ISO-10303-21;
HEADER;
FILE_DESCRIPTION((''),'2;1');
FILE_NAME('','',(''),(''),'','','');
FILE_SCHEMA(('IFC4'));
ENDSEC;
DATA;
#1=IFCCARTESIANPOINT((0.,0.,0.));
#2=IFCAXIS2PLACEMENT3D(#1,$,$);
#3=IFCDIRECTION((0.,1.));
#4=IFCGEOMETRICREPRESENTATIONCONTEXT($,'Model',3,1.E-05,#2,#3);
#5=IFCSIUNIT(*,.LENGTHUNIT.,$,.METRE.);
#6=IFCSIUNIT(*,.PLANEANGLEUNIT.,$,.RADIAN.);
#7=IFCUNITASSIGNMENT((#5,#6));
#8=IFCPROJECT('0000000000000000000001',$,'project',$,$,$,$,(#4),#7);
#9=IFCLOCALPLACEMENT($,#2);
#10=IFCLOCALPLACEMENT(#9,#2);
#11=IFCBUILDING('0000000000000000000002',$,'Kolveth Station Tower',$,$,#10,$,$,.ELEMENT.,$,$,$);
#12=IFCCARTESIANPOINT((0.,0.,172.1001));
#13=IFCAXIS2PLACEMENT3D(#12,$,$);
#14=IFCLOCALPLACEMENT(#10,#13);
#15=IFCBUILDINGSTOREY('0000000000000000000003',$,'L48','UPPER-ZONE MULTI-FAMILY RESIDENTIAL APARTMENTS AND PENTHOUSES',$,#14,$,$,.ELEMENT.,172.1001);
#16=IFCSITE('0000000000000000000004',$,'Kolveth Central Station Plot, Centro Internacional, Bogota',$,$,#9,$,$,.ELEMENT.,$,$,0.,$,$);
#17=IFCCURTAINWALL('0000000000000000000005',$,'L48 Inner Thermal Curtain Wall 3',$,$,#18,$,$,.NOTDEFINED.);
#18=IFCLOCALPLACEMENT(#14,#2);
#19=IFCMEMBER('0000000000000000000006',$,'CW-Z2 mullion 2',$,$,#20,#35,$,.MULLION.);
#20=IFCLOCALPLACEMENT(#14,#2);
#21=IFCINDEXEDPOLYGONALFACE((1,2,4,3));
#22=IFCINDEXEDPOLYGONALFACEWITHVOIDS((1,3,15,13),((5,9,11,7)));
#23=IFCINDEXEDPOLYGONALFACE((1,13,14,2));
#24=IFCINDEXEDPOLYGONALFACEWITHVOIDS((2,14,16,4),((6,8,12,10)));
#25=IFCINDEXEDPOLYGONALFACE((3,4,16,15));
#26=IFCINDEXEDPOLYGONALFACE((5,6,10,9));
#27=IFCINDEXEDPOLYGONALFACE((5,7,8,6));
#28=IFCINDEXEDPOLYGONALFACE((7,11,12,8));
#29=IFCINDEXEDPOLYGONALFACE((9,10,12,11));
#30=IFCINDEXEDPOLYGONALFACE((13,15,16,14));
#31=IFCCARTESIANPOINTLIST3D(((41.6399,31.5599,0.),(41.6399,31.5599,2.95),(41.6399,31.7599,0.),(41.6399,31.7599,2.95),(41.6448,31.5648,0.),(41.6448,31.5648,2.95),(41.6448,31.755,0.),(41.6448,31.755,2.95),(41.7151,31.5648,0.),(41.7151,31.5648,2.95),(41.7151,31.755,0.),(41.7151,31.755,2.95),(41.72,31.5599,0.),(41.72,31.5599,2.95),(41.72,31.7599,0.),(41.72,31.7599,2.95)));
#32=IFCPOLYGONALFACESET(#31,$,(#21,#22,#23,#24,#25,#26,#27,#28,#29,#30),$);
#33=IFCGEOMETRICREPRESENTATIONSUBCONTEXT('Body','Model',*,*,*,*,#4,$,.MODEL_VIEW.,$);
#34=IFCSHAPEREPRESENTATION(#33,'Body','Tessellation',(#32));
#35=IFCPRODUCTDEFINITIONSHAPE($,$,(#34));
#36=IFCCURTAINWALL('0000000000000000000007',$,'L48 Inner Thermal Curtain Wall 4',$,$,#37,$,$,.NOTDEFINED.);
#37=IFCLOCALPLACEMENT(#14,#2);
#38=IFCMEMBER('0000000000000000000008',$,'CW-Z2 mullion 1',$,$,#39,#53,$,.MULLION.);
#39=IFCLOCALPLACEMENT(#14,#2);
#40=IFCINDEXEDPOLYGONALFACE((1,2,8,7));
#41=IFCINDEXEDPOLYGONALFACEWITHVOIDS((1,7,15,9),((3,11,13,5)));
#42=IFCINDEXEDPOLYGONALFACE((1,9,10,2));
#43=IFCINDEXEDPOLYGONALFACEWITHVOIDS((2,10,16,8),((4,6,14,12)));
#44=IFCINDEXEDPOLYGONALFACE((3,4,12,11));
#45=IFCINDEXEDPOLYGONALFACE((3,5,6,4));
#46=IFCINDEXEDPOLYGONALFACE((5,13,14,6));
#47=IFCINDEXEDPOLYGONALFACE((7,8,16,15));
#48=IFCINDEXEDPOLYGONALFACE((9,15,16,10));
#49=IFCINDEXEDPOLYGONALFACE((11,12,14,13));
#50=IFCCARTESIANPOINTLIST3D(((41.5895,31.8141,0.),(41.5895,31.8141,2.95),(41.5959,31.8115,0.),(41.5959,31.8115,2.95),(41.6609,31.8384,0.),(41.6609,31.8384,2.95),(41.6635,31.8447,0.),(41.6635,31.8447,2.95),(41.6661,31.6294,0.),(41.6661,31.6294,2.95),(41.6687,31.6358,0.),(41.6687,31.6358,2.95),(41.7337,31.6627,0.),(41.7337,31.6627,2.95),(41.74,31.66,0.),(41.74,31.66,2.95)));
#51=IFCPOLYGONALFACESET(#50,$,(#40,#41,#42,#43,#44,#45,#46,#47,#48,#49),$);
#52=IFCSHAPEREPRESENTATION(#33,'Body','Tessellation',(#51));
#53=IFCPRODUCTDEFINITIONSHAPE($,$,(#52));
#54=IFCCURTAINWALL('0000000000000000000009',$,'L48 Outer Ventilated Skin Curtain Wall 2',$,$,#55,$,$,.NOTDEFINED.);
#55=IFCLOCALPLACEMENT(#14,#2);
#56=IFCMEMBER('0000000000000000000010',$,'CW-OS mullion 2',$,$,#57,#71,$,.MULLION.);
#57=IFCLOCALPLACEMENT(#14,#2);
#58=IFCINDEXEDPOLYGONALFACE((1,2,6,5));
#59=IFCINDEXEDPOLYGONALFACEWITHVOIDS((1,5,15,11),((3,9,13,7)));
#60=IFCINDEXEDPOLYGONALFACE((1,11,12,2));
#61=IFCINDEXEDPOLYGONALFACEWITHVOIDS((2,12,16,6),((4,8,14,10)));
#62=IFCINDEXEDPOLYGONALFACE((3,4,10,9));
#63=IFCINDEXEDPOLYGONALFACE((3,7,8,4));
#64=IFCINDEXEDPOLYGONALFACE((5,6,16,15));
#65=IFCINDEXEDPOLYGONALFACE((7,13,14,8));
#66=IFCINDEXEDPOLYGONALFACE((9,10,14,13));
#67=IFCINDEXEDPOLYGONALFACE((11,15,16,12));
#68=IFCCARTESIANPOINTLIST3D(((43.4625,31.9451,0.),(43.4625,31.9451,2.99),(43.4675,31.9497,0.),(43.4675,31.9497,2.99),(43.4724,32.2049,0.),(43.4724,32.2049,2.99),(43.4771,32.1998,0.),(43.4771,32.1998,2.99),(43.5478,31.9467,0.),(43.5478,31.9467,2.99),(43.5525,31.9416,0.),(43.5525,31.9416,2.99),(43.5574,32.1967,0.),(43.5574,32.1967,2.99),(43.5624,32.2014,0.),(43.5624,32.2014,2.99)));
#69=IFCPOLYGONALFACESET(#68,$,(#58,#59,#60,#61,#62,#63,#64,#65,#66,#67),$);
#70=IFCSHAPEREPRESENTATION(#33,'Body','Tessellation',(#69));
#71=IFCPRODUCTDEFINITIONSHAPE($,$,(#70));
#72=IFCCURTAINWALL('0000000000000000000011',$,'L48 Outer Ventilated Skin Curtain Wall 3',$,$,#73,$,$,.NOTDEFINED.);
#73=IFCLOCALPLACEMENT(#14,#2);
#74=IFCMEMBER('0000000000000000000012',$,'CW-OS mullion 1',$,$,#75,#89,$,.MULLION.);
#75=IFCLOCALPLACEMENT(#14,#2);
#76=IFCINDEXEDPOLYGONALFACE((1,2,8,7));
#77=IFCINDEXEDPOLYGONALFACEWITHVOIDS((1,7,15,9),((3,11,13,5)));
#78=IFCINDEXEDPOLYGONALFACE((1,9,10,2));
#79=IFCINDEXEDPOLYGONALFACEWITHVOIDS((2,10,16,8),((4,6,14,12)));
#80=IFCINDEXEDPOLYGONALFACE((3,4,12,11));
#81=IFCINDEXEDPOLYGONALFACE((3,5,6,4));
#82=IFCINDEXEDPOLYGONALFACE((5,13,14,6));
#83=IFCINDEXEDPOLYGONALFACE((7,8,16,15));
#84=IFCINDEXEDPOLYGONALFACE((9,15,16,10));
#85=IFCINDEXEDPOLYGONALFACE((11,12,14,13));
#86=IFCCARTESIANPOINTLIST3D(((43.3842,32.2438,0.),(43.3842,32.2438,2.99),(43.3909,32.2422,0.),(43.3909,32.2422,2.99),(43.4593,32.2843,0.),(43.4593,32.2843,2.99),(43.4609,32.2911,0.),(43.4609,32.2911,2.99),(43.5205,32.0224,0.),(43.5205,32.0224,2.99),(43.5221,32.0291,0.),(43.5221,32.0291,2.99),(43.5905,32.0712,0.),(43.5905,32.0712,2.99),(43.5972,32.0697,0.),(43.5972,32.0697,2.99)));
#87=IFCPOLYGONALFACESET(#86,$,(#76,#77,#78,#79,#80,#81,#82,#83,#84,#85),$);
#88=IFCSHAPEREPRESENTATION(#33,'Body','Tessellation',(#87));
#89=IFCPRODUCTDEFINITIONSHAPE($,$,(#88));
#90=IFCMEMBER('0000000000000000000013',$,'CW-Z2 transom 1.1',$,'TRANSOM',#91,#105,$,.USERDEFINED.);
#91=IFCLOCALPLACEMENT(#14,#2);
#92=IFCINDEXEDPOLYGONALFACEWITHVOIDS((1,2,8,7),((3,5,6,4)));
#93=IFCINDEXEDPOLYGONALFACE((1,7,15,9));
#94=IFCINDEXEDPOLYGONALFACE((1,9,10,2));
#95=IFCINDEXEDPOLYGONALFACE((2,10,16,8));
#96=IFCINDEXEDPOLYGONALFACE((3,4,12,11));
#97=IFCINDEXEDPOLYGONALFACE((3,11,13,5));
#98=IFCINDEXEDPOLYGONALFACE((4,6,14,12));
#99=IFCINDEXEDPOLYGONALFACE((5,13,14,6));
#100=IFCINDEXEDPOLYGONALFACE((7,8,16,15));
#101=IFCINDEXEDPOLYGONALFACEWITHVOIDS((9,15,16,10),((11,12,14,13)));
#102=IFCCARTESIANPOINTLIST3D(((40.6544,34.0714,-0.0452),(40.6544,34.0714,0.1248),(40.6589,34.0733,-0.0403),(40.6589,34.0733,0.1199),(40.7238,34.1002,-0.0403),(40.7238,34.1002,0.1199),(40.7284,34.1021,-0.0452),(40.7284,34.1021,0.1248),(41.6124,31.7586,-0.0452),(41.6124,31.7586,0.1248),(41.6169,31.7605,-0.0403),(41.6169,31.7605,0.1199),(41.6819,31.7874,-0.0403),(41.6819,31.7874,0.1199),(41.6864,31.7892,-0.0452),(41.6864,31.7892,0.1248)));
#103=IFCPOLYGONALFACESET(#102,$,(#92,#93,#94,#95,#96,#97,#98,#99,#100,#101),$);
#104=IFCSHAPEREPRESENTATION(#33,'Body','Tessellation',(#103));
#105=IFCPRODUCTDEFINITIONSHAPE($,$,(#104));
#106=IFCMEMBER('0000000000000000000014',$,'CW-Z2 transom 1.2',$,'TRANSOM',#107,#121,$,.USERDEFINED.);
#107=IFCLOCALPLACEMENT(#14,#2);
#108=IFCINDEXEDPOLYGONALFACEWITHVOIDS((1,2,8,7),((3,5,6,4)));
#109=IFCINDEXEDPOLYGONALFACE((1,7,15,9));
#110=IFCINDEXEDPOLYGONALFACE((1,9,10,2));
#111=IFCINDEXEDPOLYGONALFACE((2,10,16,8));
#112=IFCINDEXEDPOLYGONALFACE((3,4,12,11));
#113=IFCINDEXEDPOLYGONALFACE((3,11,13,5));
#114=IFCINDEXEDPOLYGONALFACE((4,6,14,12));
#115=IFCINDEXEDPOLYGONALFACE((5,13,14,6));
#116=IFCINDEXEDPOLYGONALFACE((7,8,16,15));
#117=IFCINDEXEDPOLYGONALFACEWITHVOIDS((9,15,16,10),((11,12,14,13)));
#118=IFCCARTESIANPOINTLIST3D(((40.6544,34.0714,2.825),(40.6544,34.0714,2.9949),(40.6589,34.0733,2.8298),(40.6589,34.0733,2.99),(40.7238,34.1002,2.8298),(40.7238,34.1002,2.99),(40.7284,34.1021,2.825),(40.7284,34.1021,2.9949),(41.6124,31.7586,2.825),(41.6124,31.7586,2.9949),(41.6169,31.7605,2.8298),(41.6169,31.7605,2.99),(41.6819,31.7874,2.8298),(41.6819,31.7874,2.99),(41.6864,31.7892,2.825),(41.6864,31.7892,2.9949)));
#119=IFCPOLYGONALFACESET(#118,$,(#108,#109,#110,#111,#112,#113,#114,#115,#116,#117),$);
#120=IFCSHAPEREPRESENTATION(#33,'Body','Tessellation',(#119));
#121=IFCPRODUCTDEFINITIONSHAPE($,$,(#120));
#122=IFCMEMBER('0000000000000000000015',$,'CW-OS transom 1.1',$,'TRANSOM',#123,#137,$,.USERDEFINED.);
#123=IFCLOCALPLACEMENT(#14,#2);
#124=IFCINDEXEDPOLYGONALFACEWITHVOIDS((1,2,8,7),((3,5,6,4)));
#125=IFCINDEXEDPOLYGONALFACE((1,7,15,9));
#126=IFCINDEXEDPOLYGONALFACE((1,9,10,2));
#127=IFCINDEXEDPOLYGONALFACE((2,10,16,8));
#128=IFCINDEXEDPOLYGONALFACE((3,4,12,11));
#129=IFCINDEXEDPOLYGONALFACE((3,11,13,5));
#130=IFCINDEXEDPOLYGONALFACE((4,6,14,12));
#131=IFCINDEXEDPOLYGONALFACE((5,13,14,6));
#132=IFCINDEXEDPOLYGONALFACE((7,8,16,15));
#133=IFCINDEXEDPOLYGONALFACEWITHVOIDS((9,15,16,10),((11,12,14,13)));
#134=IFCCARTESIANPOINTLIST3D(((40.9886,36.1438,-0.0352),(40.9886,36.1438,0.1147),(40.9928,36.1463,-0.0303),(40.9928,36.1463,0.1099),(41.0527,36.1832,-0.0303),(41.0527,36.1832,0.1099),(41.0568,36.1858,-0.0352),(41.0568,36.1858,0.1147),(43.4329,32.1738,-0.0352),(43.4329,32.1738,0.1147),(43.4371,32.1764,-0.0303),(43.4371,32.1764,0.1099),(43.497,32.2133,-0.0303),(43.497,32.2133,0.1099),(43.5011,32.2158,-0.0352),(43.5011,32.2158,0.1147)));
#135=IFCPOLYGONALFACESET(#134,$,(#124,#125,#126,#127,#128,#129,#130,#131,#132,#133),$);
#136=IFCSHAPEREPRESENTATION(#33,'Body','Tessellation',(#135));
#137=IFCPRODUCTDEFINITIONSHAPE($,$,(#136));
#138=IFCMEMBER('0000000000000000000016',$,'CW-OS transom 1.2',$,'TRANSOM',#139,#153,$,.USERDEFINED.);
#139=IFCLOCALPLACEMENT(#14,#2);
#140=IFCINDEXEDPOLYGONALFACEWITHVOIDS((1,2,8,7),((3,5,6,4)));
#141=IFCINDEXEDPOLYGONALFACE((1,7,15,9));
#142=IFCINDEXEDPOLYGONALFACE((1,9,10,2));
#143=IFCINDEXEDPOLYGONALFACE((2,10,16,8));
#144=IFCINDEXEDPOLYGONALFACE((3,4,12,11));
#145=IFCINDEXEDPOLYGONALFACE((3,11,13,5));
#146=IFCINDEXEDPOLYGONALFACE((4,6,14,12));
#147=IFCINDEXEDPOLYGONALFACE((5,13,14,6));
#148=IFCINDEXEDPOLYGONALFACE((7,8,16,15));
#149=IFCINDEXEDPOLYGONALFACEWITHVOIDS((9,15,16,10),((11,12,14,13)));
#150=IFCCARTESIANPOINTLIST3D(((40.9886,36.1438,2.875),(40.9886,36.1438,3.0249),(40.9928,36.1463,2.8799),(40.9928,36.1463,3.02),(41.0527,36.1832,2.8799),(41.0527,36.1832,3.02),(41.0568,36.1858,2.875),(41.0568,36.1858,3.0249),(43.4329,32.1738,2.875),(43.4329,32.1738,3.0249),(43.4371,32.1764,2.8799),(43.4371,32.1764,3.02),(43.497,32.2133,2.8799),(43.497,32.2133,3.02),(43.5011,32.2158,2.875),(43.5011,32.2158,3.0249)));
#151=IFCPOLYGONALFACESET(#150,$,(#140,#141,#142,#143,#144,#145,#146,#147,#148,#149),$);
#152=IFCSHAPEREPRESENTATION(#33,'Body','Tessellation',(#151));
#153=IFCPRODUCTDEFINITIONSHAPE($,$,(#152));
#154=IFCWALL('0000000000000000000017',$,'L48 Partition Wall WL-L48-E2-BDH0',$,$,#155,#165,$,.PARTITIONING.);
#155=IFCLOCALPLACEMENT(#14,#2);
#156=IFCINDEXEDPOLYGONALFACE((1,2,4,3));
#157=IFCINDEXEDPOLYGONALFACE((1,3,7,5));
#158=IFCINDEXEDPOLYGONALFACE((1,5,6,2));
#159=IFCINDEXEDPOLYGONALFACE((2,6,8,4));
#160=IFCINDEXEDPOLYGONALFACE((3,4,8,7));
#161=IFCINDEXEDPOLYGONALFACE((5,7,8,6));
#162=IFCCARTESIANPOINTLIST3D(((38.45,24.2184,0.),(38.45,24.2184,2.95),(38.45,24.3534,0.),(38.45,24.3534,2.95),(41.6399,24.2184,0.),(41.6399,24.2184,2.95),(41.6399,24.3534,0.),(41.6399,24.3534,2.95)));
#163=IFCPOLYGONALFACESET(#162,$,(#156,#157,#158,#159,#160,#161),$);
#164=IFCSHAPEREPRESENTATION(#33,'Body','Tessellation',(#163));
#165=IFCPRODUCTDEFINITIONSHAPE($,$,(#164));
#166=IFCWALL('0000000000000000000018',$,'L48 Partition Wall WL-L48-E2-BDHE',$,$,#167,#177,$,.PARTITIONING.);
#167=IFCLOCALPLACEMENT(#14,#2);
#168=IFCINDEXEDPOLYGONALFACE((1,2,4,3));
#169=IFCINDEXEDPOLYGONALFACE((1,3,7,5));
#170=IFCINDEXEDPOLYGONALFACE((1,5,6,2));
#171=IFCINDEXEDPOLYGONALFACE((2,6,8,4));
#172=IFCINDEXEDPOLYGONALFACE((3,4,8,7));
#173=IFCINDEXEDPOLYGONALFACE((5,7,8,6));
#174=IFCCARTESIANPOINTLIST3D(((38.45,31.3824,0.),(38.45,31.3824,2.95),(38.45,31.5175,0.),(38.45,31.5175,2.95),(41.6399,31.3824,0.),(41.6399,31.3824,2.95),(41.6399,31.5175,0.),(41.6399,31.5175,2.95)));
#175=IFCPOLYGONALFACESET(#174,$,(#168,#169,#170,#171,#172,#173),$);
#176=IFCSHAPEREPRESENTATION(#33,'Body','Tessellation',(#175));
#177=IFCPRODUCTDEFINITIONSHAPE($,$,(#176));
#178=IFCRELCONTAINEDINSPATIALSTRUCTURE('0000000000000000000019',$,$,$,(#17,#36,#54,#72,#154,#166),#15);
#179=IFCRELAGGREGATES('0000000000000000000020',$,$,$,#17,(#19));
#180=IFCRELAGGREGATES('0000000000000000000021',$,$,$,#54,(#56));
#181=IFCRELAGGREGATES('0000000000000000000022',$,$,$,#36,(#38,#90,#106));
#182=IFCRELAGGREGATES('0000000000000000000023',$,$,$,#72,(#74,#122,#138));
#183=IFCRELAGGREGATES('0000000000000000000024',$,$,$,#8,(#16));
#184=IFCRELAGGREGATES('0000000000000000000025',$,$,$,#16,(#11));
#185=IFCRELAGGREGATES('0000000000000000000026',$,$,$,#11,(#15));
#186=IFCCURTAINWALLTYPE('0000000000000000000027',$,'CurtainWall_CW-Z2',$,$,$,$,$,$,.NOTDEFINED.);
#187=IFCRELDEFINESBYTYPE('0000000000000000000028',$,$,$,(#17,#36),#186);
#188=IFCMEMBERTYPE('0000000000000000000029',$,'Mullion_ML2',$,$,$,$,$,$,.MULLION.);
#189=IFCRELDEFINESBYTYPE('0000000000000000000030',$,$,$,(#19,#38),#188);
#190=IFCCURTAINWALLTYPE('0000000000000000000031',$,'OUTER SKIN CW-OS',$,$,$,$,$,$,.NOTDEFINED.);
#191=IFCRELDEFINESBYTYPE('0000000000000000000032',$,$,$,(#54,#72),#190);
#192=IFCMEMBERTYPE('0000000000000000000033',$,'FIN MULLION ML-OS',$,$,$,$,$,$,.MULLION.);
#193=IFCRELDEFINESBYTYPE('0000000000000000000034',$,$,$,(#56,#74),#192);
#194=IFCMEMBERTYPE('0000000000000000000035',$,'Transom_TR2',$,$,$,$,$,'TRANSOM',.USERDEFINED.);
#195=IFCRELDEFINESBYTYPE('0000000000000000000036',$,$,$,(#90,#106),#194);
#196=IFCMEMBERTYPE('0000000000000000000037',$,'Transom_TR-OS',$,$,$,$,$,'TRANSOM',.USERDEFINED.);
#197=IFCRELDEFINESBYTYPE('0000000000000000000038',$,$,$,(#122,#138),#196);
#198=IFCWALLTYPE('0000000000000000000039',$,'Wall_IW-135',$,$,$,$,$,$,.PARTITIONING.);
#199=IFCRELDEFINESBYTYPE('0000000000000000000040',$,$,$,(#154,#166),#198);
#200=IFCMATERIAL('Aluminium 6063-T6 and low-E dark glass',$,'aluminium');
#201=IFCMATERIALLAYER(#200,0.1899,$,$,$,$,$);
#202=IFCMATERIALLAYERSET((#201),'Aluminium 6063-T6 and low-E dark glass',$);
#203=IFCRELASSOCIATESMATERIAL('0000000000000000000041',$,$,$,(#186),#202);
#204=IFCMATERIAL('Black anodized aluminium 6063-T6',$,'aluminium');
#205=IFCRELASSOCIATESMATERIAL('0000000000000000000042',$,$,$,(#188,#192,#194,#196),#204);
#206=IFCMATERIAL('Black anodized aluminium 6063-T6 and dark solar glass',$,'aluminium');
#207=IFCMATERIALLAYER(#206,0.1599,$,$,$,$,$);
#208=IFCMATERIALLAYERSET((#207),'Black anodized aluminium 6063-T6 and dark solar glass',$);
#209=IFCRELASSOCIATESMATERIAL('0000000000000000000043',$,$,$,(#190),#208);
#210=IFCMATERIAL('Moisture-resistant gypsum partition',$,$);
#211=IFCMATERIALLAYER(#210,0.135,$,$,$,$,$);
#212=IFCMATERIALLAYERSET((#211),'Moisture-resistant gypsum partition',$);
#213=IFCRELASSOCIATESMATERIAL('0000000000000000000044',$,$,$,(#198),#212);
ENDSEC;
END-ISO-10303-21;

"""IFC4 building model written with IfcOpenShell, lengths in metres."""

from ifc_helpers import new_model, si_unit, direction, frame, frame_2d, origin, origin_2d, place, context, subcontext, project, spatial, rectangle, hollow_rectangle, extrude, source, transform, mapped, material, layer, layer_set, material_profile, profile_set, type_object, element, aggregate, save


model = new_model("IFC4")

# Units and contexts
model_context = context("Model", 3, precision=1e-05, world=origin(), true_north=direction((0.0, 1.0)))
body_context = subcontext(model_context, "Body", "Model", "MODEL_VIEW")
ifc_project = project(units=[si_unit("LENGTHUNIT", "METRE"), si_unit("PLANEANGLEUNIT", "RADIAN")], contexts=[model_context])

# Site, building, storey
site_placement = place(None, origin())
site = spatial("IfcSite", under=ifc_project, at=site_placement, Name="Kolveth Central Station Plot, Centro Internacional, Bogota", CompositionType="ELEMENT", RefElevation=0.0)
building_placement = place(site_placement, origin())
building = spatial("IfcBuilding", under=site, at=building_placement, Name="Kolveth Station Tower", CompositionType="ELEMENT")
storey_placement = place(building_placement, frame((0.0, 0.0, 172.1001)))
storey = spatial("IfcBuildingStorey", under=building, at=storey_placement, Name="L48", Description="UPPER-ZONE MULTI-FAMILY RESIDENTIAL APARTMENTS AND PENTHOUSES", CompositionType="ELEMENT", Elevation=172.1001)

# Curtain walls, members
ifc_material_1 = material(Name="Aluminium 6063-T6 and low-E dark glass", Category="aluminium")
ifc_layer_1 = layer(ifc_material_1, 0.1899)
ifc_layer_set_1 = layer_set([ifc_layer_1], Name="Aluminium 6063-T6 and low-E dark glass")
curtain_wall_type_1 = type_object("IfcCurtainWallType", Name="CurtainWall_CW-Z2", PredefinedType="NOTDEFINED", material=ifc_layer_set_1)
curtain_wall_1_placement = place(storey_placement, origin())
curtain_wall_1 = element("IfcCurtainWall", 1, at=curtain_wall_1_placement, inside=storey, type_object=curtain_wall_type_1, Name="L48 Inner Thermal Curtain Wall 3", PredefinedType="NOTDEFINED")
ifc_material_2 = material(Name="Black anodized aluminium 6063-T6", Category="aluminium")
ifc_material_profile_1 = material_profile(ifc_material_2, hollow_rectangle(XDim=0.0801, YDim=0.2, WallThickness=0.0049, at=origin_2d()), Name="ALU-80x200x5")
ifc_profile_set_1 = profile_set([ifc_material_profile_1], Name="Black anodized aluminium 6063-T6")
member_type_1 = type_object("IfcMemberType", Name="Mullion_ML2", PredefinedType="MULLION", material=ifc_profile_set_1)
shared_shape_1 = source(origin(), body_context, "Body", "SweptSolid", [
    extrude(hollow_rectangle(XDim=0.0801, YDim=0.2, WallThickness=0.0049, at=origin_2d()), origin(), (0.0, 0.0, 1.0), 2.95),
])
member_1_placement = place(storey_placement, frame((41.6799, 31.6599, 0.0), z_axis=(0.0, 0.0, 1.0), x_axis=(-1.0, 0.0, 0.0)))
member_1 = element("IfcMember", 2, at=member_1_placement, type_object=member_type_1, Name="CW-Z2 mullion 2", PredefinedType="MULLION", context=body_context, shape_type="MappedRepresentation", body=[
    mapped(shared_shape_1, transform((0.0, 0.0, 0.0), x_axis=(1.0, 0.0, 0.0), y_axis=(0.0, 1.0, 0.0), z_axis=(0.0, 0.0, 1.0), scale=1.0)),
])
aggregate(curtain_wall_1, [member_1])
curtain_wall_2_placement = place(storey_placement, origin())
curtain_wall_2 = element("IfcCurtainWall", 3, at=curtain_wall_2_placement, inside=storey, type_object=curtain_wall_type_1, Name="L48 Inner Thermal Curtain Wall 4", PredefinedType="NOTDEFINED")
member_2_placement = place(storey_placement, frame((41.6648, 31.7371, 0.0), z_axis=(0.0, 0.0, 1.0), x_axis=(-0.923874, -0.382698, 0.0)))
member_2 = element("IfcMember", 4, at=member_2_placement, type_object=member_type_1, Name="CW-Z2 mullion 1", PredefinedType="MULLION", context=body_context, shape_type="MappedRepresentation", body=[
    mapped(shared_shape_1, transform((0.0, 0.0, 0.0), x_axis=(1.0, 0.0, 0.0), y_axis=(0.0, 1.0, 0.0), z_axis=(0.0, 0.0, 1.0), scale=1.0)),
])
ifc_material_3 = material(Name="Black anodized aluminium 6063-T6 and dark solar glass", Category="aluminium")
ifc_layer_2 = layer(ifc_material_3, 0.1599)
ifc_layer_set_2 = layer_set([ifc_layer_2], Name="Black anodized aluminium 6063-T6 and dark solar glass")
curtain_wall_type_2 = type_object("IfcCurtainWallType", Name="OUTER SKIN CW-OS", PredefinedType="NOTDEFINED", material=ifc_layer_set_2)
curtain_wall_3_placement = place(storey_placement, origin())
curtain_wall_3 = element("IfcCurtainWall", 5, at=curtain_wall_3_placement, inside=storey, type_object=curtain_wall_type_2, Name="L48 Outer Ventilated Skin Curtain Wall 2", PredefinedType="NOTDEFINED")
ifc_material_profile_2 = material_profile(ifc_material_2, hollow_rectangle(XDim=0.0901, YDim=0.26, WallThickness=0.0049, at=origin_2d()), Name="ALU-90x260x5")
ifc_profile_set_2 = profile_set([ifc_material_profile_2], Name="Black anodized aluminium 6063-T6")
member_type_2 = type_object("IfcMemberType", Name="FIN MULLION ML-OS", PredefinedType="MULLION", material=ifc_profile_set_2)
shared_shape_2 = source(origin(), body_context, "Body", "SweptSolid", [
    extrude(hollow_rectangle(XDim=0.0901, YDim=0.26, WallThickness=0.0049, at=origin_2d()), origin(), (0.0, 0.0, 1.0), 2.99),
])
member_3_placement = place(storey_placement, frame((43.5125, 32.0732, 0.0), z_axis=(0.0, 0.0, 1.0), x_axis=(-0.999267, 0.038293, 0.0)))
member_3 = element("IfcMember", 6, at=member_3_placement, type_object=member_type_2, Name="CW-OS mullion 2", PredefinedType="MULLION", context=body_context, shape_type="MappedRepresentation", body=[
    mapped(shared_shape_2, transform((0.0, 0.0, 0.0), x_axis=(1.0, 0.0, 0.0), y_axis=(0.0, 1.0, 0.0), z_axis=(0.0, 0.0, 1.0), scale=1.0)),
])
aggregate(curtain_wall_3, [member_3])
curtain_wall_4_placement = place(storey_placement, origin())
curtain_wall_4 = element("IfcCurtainWall", 7, at=curtain_wall_4_placement, inside=storey, type_object=curtain_wall_type_2, Name="L48 Outer Ventilated Skin Curtain Wall 3", PredefinedType="NOTDEFINED")
member_4_placement = place(storey_placement, frame((43.4907, 32.1567, 0.0), z_axis=(0.0, 0.0, 1.0), x_axis=(-0.851538, -0.524293, 0.0)))
member_4 = element("IfcMember", 8, at=member_4_placement, type_object=member_type_2, Name="CW-OS mullion 1", PredefinedType="MULLION", context=body_context, shape_type="MappedRepresentation", body=[
    mapped(shared_shape_2, transform((0.0, 0.0, 0.0), x_axis=(1.0, 0.0, 0.0), y_axis=(0.0, 1.0, 0.0), z_axis=(0.0, 0.0, 1.0), scale=1.0)),
])

# Members
ifc_material_profile_3 = material_profile(ifc_material_2, hollow_rectangle(XDim=0.0801, YDim=0.1699, WallThickness=0.0049, at=origin_2d()), Name="ALU-80x170x5")
ifc_profile_set_3 = profile_set([ifc_material_profile_3], Name="Black anodized aluminium 6063-T6")
member_type_3 = type_object("IfcMemberType", Name="Transom_TR2", ElementType="TRANSOM", PredefinedType="USERDEFINED", material=ifc_profile_set_3)
shared_shape_3 = source(origin(), body_context, "Body", "SweptSolid", [
    extrude(hollow_rectangle(XDim=0.0801, YDim=0.1699, WallThickness=0.0049, at=origin_2d()), origin(), (0.0, 0.0, 1.0), 2.5034),
])
member_5_placement = place(storey_placement, frame((41.6494, 31.7739, 0.0398), z_axis=(-0.382696, 0.923874, 0.0), x_axis=(-0.923874, -0.382696, 0.0)))
member_5 = element("IfcMember", 9, at=member_5_placement, type_object=member_type_3, Name="CW-Z2 transom 1.1", ObjectType="TRANSOM", PredefinedType="USERDEFINED", context=body_context, shape_type="MappedRepresentation", body=[
    mapped(shared_shape_3, transform((0.0, 0.0, 0.0), x_axis=(1.0, 0.0, 0.0), y_axis=(0.0, 1.0, 0.0), z_axis=(0.0, 0.0, 1.0), scale=1.0)),
])
member_6_placement = place(storey_placement, frame((41.6494, 31.7739, 2.9099), z_axis=(-0.382696, 0.923874, 0.0), x_axis=(-0.923874, -0.382696, 0.0)))
member_6 = element("IfcMember", 10, at=member_6_placement, type_object=member_type_3, Name="CW-Z2 transom 1.2", ObjectType="TRANSOM", PredefinedType="USERDEFINED", context=body_context, shape_type="MappedRepresentation", body=[
    mapped(shared_shape_3, transform((0.0, 0.0, 0.0), x_axis=(1.0, 0.0, 0.0), y_axis=(0.0, 1.0, 0.0), z_axis=(0.0, 0.0, 1.0), scale=1.0)),
])
aggregate(curtain_wall_2, [member_2, member_5, member_6])
ifc_material_profile_4 = material_profile(ifc_material_2, hollow_rectangle(XDim=0.0801, YDim=0.1499, WallThickness=0.0049, at=origin_2d()), Name="ALU-80x150x5")
ifc_profile_set_4 = profile_set([ifc_material_profile_4], Name="Black anodized aluminium 6063-T6")
member_type_4 = type_object("IfcMemberType", Name="Transom_TR-OS", ElementType="TRANSOM", PredefinedType="USERDEFINED", material=ifc_profile_set_4)
shared_shape_4 = source(origin(), body_context, "Body", "SweptSolid", [
    extrude(hollow_rectangle(XDim=0.0801, YDim=0.1499, WallThickness=0.0049, at=origin_2d()), origin(), (0.0, 0.0, 1.0), 4.6621),
])
member_7_placement = place(storey_placement, frame((43.467, 32.1948, 0.0398), z_axis=(-0.524296, 0.851536, 0.0), x_axis=(-0.851536, -0.524296, 0.0)))
member_7 = element("IfcMember", 11, at=member_7_placement, type_object=member_type_4, Name="CW-OS transom 1.1", ObjectType="TRANSOM", PredefinedType="USERDEFINED", context=body_context, shape_type="MappedRepresentation", body=[
    mapped(shared_shape_4, transform((0.0, 0.0, 0.0), x_axis=(1.0, 0.0, 0.0), y_axis=(0.0, 1.0, 0.0), z_axis=(0.0, 0.0, 1.0), scale=1.0)),
])
member_8_placement = place(storey_placement, frame((43.467, 32.1948, 2.95), z_axis=(-0.524296, 0.851536, 0.0), x_axis=(-0.851536, -0.524296, 0.0)))
member_8 = element("IfcMember", 12, at=member_8_placement, type_object=member_type_4, Name="CW-OS transom 1.2", ObjectType="TRANSOM", PredefinedType="USERDEFINED", context=body_context, shape_type="MappedRepresentation", body=[
    mapped(shared_shape_4, transform((0.0, 0.0, 0.0), x_axis=(1.0, 0.0, 0.0), y_axis=(0.0, 1.0, 0.0), z_axis=(0.0, 0.0, 1.0), scale=1.0)),
])
aggregate(curtain_wall_4, [member_4, member_7, member_8])

# Walls
ifc_material_4 = material(Name="Moisture-resistant gypsum partition")
ifc_layer_3 = layer(ifc_material_4, 0.135)
ifc_layer_set_3 = layer_set([ifc_layer_3], Name="Moisture-resistant gypsum partition")
wall_type = type_object("IfcWallType", Name="Wall_IW-135", PredefinedType="PARTITIONING", material=ifc_layer_set_3)
for number, where, z_axis, x_axis, name in (
    (13, (38.45, 24.2859, 0.0), (0.0, 0.0, 1.0), (1.0, 0.0, 0.0), "L48 Partition Wall WL-L48-E2-BDH0"),
    (14, (38.45, 31.45, 0.0), (0.0, 0.0, 1.0), (1.0, 0.0, 0.0), "L48 Partition Wall WL-L48-E2-BDHE"),
):
    element("IfcWall", number, at=place(storey_placement, frame(where, z_axis=z_axis, x_axis=x_axis)), inside=storey, type_object=wall_type, Name=name, PredefinedType="PARTITIONING", context=body_context, shape_type="SweptSolid", body=[
        extrude(rectangle(XDim=3.1899, YDim=0.135, at=frame_2d((1.595, 0.0))), origin(), (0.0, 0.0, 1.0), 2.95),
    ])

save(model, "model.ifc")
